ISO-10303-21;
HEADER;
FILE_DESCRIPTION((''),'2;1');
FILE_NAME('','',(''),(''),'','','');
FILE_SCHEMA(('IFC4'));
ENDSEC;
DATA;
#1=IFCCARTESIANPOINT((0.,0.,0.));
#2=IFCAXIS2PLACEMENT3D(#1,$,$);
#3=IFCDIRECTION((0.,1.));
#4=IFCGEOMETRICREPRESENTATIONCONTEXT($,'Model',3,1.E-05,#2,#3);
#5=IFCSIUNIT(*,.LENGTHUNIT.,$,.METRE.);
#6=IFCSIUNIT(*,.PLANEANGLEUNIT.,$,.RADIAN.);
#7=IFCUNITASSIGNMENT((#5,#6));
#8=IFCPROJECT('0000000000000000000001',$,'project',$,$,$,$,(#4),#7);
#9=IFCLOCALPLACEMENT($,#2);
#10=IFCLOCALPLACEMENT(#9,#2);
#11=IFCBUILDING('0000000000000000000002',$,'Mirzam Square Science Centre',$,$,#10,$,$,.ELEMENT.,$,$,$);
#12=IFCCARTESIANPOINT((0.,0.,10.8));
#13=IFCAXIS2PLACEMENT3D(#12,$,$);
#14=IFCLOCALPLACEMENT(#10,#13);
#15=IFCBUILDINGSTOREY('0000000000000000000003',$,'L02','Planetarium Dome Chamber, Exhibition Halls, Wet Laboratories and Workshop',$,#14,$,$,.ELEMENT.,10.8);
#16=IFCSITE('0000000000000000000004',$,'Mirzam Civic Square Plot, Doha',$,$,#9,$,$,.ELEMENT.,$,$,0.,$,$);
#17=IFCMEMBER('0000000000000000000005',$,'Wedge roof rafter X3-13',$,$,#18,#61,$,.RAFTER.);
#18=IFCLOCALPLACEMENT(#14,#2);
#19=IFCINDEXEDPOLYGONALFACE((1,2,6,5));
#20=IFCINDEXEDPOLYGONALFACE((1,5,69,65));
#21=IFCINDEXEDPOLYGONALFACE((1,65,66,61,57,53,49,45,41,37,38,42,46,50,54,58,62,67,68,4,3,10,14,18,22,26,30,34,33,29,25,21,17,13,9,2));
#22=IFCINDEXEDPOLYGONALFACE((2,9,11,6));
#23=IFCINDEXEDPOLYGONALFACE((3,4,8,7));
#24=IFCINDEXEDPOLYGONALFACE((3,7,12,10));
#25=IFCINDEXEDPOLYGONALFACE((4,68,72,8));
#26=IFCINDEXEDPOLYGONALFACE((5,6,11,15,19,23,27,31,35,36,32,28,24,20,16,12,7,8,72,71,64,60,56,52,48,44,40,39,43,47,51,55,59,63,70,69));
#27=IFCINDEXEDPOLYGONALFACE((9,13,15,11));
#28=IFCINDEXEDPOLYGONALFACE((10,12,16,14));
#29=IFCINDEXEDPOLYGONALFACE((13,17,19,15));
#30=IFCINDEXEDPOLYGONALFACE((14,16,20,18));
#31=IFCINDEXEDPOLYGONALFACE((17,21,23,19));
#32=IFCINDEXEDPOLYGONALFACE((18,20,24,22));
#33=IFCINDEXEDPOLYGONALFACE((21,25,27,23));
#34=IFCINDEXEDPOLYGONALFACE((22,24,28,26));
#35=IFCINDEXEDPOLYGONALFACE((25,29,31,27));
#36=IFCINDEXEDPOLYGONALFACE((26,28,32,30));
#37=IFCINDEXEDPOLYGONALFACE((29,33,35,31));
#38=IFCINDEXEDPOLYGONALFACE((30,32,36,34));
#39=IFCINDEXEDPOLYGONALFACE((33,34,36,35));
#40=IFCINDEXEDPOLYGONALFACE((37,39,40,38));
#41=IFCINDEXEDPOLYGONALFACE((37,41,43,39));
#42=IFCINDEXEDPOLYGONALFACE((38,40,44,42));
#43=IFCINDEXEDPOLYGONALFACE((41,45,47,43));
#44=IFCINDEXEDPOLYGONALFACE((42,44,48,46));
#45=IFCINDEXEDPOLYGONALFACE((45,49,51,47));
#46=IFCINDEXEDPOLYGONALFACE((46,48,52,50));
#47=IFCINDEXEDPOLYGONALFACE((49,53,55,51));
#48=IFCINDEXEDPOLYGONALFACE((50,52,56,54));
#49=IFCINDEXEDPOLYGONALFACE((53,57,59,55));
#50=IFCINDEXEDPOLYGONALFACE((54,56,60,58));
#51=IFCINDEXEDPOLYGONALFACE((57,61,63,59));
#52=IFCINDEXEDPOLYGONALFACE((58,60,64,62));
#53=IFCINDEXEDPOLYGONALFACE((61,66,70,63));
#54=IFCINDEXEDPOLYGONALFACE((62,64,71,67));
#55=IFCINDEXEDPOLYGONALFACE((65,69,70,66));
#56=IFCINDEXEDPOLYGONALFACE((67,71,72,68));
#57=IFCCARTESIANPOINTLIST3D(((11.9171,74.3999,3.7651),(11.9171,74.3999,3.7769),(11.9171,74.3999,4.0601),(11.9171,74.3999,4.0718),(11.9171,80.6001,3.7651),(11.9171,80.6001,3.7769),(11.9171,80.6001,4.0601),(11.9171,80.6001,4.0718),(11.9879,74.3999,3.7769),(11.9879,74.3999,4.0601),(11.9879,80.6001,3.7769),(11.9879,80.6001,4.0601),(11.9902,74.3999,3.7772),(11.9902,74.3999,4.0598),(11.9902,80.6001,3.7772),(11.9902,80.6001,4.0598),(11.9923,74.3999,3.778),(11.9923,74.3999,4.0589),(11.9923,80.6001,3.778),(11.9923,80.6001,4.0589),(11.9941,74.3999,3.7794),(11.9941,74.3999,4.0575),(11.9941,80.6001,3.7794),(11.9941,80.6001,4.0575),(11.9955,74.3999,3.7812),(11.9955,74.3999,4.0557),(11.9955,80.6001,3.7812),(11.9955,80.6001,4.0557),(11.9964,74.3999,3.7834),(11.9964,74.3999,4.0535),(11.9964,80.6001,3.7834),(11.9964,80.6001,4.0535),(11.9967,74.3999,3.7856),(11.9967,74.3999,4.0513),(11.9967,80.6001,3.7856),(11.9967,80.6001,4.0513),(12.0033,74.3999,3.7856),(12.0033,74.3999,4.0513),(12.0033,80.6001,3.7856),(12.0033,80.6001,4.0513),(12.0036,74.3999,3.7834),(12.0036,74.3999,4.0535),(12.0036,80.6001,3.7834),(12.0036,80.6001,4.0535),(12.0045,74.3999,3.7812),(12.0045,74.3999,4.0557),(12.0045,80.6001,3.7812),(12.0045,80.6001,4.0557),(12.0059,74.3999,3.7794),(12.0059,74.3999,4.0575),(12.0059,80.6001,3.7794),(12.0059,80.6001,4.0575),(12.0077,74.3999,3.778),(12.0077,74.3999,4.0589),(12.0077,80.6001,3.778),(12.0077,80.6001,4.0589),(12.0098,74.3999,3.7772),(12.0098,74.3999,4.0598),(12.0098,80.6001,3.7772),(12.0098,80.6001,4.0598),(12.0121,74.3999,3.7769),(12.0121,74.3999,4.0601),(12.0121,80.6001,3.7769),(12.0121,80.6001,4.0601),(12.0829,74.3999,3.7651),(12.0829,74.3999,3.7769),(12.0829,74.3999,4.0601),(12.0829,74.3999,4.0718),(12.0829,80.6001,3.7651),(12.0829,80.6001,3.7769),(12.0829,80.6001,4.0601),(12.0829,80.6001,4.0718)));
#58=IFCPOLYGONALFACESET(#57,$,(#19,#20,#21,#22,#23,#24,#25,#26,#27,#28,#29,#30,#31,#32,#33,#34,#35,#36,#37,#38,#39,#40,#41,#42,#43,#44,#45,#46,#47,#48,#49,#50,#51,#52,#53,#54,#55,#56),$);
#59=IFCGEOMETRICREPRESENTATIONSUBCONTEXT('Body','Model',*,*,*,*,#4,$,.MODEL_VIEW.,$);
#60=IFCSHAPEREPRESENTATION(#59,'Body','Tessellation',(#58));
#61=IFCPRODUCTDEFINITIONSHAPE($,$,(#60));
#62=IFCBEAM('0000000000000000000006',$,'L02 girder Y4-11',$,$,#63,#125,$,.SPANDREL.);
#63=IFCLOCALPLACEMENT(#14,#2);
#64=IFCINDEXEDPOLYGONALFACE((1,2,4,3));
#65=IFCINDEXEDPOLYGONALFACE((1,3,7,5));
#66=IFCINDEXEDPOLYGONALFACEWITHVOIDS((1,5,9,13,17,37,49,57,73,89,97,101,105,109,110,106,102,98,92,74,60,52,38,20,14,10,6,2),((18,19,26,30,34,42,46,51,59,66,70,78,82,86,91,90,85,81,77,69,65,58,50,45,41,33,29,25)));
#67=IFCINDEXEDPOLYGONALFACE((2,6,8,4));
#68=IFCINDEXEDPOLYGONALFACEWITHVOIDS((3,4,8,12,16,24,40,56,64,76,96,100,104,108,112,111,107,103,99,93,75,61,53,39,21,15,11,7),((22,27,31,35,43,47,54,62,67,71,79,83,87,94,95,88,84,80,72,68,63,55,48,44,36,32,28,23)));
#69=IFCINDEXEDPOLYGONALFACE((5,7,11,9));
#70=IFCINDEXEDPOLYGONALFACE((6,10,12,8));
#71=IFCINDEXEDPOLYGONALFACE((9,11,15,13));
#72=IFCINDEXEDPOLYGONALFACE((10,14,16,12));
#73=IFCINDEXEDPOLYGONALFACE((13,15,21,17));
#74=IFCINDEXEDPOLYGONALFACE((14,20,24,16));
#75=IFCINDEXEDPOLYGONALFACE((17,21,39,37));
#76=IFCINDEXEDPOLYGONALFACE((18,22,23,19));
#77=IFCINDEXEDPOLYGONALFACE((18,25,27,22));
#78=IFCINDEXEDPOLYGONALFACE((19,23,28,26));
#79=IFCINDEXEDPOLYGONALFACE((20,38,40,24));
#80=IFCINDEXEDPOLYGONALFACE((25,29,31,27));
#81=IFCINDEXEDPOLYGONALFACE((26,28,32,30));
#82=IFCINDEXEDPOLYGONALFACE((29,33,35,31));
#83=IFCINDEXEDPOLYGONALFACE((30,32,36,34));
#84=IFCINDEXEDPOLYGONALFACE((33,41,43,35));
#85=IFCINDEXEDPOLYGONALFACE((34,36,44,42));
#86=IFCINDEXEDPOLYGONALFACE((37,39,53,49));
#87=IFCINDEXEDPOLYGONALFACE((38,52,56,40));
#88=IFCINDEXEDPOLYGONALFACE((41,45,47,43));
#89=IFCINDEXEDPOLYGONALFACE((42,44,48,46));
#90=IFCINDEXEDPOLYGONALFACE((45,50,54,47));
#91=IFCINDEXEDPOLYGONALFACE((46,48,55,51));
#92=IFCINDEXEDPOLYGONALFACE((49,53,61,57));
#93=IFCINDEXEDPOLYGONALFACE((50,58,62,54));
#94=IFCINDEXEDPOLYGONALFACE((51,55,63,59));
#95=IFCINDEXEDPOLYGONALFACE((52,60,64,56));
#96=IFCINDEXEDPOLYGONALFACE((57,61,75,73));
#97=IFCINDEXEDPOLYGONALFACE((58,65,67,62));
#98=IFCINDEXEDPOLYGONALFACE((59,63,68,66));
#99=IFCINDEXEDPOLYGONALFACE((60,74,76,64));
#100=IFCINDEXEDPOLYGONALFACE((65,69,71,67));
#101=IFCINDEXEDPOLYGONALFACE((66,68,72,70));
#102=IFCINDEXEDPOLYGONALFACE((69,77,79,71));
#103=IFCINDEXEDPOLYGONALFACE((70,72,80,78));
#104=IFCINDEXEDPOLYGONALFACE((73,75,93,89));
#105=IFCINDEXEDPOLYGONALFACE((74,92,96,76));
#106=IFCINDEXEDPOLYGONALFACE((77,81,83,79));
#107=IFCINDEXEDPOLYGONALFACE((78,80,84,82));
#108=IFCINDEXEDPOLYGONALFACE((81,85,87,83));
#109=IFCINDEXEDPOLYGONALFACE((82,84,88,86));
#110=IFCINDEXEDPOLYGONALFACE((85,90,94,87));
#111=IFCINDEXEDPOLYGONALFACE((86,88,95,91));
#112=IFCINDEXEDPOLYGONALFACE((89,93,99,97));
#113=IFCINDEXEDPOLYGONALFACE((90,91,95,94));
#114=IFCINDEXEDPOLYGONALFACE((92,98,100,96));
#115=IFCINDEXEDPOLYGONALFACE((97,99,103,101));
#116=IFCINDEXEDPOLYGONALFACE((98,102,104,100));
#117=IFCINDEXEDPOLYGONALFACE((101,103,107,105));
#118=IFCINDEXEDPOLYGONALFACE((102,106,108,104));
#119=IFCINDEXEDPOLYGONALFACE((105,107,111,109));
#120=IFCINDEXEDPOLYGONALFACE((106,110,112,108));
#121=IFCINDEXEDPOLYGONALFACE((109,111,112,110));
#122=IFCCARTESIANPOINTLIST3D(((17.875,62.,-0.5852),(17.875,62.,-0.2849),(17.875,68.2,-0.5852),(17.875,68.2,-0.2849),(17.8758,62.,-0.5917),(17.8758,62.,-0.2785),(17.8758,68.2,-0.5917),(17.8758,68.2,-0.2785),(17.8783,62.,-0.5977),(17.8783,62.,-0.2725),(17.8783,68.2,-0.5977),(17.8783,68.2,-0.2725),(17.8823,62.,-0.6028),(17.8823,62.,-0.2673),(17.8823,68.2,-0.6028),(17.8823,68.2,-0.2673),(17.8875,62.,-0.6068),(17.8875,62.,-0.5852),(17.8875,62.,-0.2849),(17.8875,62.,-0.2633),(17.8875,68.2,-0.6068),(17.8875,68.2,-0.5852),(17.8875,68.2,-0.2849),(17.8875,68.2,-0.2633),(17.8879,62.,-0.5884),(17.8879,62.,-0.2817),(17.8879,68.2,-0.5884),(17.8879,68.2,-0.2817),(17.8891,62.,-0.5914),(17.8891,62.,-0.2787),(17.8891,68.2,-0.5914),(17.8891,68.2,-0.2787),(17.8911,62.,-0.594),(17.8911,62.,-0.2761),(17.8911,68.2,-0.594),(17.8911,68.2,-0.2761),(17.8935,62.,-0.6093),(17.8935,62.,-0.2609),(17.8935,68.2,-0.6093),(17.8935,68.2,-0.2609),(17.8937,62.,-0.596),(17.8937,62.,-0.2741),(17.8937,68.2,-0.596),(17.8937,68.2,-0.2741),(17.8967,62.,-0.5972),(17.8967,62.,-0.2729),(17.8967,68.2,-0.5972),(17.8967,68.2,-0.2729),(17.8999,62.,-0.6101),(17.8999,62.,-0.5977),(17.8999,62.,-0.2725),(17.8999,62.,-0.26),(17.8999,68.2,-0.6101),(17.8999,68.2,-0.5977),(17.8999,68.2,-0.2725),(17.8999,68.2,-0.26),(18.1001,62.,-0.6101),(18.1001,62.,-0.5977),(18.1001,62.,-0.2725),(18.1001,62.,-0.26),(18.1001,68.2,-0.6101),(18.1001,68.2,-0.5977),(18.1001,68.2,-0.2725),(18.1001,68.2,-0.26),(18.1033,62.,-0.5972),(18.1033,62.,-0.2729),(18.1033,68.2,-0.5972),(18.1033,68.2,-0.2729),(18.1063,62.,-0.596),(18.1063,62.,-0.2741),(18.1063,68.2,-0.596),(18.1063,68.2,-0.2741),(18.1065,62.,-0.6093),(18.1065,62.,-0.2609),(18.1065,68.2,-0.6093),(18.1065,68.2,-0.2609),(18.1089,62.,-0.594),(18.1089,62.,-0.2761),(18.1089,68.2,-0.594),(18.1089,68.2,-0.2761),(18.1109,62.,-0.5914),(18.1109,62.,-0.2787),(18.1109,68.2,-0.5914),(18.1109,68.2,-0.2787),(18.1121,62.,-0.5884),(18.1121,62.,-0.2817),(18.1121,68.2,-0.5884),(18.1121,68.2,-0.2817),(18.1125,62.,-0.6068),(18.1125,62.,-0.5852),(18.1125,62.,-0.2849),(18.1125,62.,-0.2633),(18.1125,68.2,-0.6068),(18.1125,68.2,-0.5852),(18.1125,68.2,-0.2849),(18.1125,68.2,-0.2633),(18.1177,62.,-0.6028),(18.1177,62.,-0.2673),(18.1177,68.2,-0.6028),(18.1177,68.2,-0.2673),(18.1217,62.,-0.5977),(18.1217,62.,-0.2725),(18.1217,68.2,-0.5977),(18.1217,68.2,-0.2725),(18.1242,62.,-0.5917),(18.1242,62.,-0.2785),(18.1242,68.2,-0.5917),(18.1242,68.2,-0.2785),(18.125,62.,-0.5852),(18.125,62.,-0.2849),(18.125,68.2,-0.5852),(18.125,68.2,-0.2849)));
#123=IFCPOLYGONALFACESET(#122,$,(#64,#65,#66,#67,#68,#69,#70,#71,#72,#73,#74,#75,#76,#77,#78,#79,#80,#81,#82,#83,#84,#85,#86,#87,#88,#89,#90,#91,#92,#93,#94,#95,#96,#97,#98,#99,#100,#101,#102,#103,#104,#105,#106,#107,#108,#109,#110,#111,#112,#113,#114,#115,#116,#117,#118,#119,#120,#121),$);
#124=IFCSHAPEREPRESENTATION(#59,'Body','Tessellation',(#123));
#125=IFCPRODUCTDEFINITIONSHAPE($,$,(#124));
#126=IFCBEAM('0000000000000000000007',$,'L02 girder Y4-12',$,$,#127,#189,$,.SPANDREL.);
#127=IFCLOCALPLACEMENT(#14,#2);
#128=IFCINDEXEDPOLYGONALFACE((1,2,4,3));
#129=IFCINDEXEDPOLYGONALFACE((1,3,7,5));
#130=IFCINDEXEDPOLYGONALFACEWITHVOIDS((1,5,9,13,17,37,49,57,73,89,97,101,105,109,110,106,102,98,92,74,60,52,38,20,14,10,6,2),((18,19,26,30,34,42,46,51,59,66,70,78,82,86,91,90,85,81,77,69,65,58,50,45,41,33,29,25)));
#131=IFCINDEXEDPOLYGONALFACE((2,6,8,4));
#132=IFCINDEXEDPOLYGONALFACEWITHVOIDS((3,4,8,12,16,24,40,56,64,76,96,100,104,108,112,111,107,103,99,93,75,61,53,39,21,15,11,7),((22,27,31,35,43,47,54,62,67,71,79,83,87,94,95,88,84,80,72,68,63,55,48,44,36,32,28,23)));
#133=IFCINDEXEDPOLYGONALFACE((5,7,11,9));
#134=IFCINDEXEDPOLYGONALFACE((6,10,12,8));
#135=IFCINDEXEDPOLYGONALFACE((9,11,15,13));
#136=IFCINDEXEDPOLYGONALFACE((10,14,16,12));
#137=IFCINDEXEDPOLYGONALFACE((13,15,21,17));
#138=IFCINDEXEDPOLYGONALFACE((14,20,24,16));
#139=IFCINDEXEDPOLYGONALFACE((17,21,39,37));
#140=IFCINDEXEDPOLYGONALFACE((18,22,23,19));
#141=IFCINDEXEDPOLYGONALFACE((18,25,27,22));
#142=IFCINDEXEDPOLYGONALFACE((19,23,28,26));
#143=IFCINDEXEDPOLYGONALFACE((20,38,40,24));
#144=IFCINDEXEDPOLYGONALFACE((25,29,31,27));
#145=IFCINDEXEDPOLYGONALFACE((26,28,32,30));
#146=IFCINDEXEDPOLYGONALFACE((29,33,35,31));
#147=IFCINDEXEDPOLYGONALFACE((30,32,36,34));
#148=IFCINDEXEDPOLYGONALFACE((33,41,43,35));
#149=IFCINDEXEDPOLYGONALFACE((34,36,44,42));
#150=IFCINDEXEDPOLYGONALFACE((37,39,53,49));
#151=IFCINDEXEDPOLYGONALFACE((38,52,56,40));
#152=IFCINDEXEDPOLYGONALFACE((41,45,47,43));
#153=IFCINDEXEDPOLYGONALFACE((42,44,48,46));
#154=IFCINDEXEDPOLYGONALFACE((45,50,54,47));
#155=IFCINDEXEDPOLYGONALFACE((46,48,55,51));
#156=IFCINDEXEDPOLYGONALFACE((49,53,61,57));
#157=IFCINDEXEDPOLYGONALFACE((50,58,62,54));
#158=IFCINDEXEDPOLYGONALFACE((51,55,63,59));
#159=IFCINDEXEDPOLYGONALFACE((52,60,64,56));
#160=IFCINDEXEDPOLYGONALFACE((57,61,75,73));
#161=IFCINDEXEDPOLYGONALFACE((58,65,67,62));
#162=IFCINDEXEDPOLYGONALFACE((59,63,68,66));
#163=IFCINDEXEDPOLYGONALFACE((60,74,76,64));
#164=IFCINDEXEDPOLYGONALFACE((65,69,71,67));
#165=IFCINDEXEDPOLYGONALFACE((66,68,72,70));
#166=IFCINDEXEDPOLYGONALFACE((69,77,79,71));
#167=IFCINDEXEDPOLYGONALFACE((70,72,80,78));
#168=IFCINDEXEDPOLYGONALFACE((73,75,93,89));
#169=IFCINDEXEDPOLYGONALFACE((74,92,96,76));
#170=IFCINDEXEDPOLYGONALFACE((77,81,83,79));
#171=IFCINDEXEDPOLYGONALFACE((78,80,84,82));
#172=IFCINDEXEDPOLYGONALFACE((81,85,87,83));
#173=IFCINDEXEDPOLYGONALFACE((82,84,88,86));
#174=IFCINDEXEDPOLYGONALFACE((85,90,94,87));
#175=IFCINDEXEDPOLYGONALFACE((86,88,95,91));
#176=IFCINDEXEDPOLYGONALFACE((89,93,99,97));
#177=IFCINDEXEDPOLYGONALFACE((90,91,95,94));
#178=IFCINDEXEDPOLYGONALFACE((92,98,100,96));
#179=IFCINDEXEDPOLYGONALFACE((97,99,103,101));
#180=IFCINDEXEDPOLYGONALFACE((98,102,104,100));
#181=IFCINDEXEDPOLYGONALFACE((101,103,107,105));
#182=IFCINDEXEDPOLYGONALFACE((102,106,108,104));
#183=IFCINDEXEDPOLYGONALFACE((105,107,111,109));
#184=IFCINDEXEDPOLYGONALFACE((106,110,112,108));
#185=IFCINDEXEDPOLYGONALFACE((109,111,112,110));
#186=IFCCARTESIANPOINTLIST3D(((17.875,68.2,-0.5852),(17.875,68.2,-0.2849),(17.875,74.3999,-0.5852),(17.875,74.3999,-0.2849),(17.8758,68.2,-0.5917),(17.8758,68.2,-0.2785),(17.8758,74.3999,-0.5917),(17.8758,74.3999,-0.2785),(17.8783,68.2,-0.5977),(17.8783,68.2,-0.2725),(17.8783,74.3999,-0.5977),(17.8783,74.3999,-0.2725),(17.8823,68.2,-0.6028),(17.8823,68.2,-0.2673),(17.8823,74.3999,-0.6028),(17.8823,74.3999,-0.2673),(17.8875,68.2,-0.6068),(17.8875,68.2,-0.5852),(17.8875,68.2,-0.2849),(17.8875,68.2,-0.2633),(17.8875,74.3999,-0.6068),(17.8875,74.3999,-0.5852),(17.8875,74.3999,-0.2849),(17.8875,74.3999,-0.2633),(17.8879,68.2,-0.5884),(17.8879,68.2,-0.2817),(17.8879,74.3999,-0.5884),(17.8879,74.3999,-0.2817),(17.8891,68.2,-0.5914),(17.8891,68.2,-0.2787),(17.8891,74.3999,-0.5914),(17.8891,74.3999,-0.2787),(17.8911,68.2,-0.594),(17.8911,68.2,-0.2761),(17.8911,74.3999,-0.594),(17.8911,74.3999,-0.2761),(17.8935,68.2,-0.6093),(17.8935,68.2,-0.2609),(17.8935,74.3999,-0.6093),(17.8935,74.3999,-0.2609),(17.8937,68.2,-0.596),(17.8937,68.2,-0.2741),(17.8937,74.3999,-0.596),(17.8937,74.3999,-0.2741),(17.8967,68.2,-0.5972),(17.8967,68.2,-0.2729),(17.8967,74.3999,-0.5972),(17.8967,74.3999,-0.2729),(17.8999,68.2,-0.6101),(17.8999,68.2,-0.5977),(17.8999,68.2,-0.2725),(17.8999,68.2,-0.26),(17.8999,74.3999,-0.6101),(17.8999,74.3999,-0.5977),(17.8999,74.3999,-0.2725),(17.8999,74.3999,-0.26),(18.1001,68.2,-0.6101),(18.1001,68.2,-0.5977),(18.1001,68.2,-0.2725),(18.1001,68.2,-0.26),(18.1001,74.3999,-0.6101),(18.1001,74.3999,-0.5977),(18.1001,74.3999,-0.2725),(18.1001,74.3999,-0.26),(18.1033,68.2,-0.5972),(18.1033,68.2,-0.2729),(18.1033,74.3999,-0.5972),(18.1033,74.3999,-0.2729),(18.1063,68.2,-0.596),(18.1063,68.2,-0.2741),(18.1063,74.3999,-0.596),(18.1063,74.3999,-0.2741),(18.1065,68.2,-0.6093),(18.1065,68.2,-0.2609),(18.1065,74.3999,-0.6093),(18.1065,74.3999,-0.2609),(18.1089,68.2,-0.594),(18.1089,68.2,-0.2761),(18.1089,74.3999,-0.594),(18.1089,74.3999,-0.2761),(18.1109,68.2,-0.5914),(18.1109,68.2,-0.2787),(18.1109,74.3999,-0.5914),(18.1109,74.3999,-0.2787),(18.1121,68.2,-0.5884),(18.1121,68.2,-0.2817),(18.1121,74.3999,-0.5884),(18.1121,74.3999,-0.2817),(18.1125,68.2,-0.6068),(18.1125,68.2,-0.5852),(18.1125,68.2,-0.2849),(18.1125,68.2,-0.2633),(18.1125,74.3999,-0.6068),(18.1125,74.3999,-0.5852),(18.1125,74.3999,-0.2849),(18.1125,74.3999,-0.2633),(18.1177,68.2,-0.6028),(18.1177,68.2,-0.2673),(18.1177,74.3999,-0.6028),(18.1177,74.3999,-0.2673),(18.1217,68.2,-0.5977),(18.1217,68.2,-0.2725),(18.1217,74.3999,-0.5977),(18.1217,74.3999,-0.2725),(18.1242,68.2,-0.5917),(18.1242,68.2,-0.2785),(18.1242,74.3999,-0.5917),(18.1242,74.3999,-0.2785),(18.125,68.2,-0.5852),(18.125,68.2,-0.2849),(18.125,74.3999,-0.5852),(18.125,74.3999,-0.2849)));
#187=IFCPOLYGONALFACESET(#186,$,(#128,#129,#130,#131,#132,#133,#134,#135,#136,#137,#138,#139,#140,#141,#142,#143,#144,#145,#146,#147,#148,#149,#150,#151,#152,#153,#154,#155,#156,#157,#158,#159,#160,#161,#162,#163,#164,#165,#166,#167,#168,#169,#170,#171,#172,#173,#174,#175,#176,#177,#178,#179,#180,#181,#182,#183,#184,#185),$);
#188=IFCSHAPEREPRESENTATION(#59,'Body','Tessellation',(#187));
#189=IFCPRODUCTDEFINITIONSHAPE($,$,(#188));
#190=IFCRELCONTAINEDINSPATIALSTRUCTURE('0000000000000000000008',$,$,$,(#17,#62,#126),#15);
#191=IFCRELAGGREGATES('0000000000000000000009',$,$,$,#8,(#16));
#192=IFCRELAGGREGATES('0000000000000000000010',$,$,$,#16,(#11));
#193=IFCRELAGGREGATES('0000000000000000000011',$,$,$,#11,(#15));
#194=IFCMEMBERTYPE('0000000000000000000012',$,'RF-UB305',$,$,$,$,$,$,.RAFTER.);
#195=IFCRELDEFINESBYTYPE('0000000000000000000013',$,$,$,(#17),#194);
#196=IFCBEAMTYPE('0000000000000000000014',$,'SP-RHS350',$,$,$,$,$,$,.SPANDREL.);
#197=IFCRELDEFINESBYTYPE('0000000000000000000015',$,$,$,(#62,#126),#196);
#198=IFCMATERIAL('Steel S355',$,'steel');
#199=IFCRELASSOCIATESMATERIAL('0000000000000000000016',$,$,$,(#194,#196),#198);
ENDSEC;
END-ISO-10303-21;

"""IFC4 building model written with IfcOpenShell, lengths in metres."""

from ifc_helpers import new_model, si_unit, direction, frame, origin, origin_2d, place, context, subcontext, project, spatial, hollow_rectangle, i_section, extrude, material, material_profile, profile_set, type_object, element, save


model = new_model("IFC4")

# Units and contexts
model_context = context("Model", 3, precision=1e-05, world=origin(), true_north=direction((0.0, 1.0)))
body_context = subcontext(model_context, "Body", "Model", "MODEL_VIEW")
ifc_project = project(units=[si_unit("LENGTHUNIT", "METRE"), si_unit("PLANEANGLEUNIT", "RADIAN")], contexts=[model_context])

# Site, building, storey
site_placement = place(None, origin())
site = spatial("IfcSite", under=ifc_project, at=site_placement, Name="Mirzam Civic Square Plot, Doha", CompositionType="ELEMENT", RefElevation=0.0)
building_placement = place(site_placement, origin())
building = spatial("IfcBuilding", under=site, at=building_placement, Name="Mirzam Square Science Centre", CompositionType="ELEMENT")
storey_placement = place(building_placement, frame((0.0, 0.0, 10.8)))
storey = spatial("IfcBuildingStorey", under=building, at=storey_placement, Name="L02", Description="Planetarium Dome Chamber, Exhibition Halls, Wet Laboratories and Workshop", CompositionType="ELEMENT", Elevation=10.8)

# Shared definitions
ifc_material_1 = material(Name="Steel S355", Category="steel")

# Member
ifc_material_profile_1 = material_profile(ifc_material_1, i_section(OverallWidth=0.1658, OverallDepth=0.3066, WebThickness=0.0066, FlangeThickness=0.0117, FilletRadius=0.0088, at=origin_2d()), Name="305x165x46UB")
ifc_profile_set_1 = profile_set([ifc_material_profile_1], Name="Steel S355")
member_type_1 = type_object("IfcMemberType", Name="RF-UB305", PredefinedType="RAFTER", material=ifc_profile_set_1)
member_1_placement = place(storey_placement, frame((12.0, 74.3999, 3.9185), z_axis=(0.0, 1.0, 0.0), x_axis=(-1.0, 0.0, 0.0)))
element("IfcMember", 1, at=member_1_placement, inside=storey, type_object=member_type_1, Name="Wedge roof rafter X3-13", PredefinedType="RAFTER", context=body_context, shape_type="SweptSolid", body=[
    extrude(i_section(OverallWidth=0.1658, OverallDepth=0.3066, WebThickness=0.0066, FlangeThickness=0.0117, FilletRadius=0.0088, at=origin_2d()), origin(), (0.0, 0.0, 1.0), 6.2002),
])

# Beams
ifc_material_profile_2 = material_profile(ifc_material_1, hollow_rectangle(XDim=0.25, YDim=0.3501, WallThickness=0.0125, InnerFilletRadius=0.0125, OuterFilletRadius=0.0249, at=origin_2d()), Name="350x250x12.5RHS")
ifc_profile_set_2 = profile_set([ifc_material_profile_2], Name="Steel S355")
beam_type_1 = type_object("IfcBeamType", Name="SP-RHS350", PredefinedType="SPANDREL", material=ifc_profile_set_2)
for number, where, z_axis, x_axis, name in (
    (2, (18.0, 62.0, -0.4351), (0.0, 1.0, 0.0), (-1.0, 0.0, 0.0), "L02 girder Y4-11"),
    (3, (18.0, 68.2, -0.4351), (0.0, 1.0, 0.0), (-1.0, 0.0, 0.0), "L02 girder Y4-12"),
):
    element("IfcBeam", number, at=place(storey_placement, frame(where, z_axis=z_axis, x_axis=x_axis)), inside=storey, type_object=beam_type_1, Name=name, PredefinedType="SPANDREL", context=body_context, shape_type="SweptSolid", body=[
        extrude(hollow_rectangle(XDim=0.25, YDim=0.3501, WallThickness=0.0125, InnerFilletRadius=0.0125, OuterFilletRadius=0.0249, at=origin_2d()), origin(), (0.0, 0.0, 1.0), 6.2),
    ])

save(model, "model.ifc")
